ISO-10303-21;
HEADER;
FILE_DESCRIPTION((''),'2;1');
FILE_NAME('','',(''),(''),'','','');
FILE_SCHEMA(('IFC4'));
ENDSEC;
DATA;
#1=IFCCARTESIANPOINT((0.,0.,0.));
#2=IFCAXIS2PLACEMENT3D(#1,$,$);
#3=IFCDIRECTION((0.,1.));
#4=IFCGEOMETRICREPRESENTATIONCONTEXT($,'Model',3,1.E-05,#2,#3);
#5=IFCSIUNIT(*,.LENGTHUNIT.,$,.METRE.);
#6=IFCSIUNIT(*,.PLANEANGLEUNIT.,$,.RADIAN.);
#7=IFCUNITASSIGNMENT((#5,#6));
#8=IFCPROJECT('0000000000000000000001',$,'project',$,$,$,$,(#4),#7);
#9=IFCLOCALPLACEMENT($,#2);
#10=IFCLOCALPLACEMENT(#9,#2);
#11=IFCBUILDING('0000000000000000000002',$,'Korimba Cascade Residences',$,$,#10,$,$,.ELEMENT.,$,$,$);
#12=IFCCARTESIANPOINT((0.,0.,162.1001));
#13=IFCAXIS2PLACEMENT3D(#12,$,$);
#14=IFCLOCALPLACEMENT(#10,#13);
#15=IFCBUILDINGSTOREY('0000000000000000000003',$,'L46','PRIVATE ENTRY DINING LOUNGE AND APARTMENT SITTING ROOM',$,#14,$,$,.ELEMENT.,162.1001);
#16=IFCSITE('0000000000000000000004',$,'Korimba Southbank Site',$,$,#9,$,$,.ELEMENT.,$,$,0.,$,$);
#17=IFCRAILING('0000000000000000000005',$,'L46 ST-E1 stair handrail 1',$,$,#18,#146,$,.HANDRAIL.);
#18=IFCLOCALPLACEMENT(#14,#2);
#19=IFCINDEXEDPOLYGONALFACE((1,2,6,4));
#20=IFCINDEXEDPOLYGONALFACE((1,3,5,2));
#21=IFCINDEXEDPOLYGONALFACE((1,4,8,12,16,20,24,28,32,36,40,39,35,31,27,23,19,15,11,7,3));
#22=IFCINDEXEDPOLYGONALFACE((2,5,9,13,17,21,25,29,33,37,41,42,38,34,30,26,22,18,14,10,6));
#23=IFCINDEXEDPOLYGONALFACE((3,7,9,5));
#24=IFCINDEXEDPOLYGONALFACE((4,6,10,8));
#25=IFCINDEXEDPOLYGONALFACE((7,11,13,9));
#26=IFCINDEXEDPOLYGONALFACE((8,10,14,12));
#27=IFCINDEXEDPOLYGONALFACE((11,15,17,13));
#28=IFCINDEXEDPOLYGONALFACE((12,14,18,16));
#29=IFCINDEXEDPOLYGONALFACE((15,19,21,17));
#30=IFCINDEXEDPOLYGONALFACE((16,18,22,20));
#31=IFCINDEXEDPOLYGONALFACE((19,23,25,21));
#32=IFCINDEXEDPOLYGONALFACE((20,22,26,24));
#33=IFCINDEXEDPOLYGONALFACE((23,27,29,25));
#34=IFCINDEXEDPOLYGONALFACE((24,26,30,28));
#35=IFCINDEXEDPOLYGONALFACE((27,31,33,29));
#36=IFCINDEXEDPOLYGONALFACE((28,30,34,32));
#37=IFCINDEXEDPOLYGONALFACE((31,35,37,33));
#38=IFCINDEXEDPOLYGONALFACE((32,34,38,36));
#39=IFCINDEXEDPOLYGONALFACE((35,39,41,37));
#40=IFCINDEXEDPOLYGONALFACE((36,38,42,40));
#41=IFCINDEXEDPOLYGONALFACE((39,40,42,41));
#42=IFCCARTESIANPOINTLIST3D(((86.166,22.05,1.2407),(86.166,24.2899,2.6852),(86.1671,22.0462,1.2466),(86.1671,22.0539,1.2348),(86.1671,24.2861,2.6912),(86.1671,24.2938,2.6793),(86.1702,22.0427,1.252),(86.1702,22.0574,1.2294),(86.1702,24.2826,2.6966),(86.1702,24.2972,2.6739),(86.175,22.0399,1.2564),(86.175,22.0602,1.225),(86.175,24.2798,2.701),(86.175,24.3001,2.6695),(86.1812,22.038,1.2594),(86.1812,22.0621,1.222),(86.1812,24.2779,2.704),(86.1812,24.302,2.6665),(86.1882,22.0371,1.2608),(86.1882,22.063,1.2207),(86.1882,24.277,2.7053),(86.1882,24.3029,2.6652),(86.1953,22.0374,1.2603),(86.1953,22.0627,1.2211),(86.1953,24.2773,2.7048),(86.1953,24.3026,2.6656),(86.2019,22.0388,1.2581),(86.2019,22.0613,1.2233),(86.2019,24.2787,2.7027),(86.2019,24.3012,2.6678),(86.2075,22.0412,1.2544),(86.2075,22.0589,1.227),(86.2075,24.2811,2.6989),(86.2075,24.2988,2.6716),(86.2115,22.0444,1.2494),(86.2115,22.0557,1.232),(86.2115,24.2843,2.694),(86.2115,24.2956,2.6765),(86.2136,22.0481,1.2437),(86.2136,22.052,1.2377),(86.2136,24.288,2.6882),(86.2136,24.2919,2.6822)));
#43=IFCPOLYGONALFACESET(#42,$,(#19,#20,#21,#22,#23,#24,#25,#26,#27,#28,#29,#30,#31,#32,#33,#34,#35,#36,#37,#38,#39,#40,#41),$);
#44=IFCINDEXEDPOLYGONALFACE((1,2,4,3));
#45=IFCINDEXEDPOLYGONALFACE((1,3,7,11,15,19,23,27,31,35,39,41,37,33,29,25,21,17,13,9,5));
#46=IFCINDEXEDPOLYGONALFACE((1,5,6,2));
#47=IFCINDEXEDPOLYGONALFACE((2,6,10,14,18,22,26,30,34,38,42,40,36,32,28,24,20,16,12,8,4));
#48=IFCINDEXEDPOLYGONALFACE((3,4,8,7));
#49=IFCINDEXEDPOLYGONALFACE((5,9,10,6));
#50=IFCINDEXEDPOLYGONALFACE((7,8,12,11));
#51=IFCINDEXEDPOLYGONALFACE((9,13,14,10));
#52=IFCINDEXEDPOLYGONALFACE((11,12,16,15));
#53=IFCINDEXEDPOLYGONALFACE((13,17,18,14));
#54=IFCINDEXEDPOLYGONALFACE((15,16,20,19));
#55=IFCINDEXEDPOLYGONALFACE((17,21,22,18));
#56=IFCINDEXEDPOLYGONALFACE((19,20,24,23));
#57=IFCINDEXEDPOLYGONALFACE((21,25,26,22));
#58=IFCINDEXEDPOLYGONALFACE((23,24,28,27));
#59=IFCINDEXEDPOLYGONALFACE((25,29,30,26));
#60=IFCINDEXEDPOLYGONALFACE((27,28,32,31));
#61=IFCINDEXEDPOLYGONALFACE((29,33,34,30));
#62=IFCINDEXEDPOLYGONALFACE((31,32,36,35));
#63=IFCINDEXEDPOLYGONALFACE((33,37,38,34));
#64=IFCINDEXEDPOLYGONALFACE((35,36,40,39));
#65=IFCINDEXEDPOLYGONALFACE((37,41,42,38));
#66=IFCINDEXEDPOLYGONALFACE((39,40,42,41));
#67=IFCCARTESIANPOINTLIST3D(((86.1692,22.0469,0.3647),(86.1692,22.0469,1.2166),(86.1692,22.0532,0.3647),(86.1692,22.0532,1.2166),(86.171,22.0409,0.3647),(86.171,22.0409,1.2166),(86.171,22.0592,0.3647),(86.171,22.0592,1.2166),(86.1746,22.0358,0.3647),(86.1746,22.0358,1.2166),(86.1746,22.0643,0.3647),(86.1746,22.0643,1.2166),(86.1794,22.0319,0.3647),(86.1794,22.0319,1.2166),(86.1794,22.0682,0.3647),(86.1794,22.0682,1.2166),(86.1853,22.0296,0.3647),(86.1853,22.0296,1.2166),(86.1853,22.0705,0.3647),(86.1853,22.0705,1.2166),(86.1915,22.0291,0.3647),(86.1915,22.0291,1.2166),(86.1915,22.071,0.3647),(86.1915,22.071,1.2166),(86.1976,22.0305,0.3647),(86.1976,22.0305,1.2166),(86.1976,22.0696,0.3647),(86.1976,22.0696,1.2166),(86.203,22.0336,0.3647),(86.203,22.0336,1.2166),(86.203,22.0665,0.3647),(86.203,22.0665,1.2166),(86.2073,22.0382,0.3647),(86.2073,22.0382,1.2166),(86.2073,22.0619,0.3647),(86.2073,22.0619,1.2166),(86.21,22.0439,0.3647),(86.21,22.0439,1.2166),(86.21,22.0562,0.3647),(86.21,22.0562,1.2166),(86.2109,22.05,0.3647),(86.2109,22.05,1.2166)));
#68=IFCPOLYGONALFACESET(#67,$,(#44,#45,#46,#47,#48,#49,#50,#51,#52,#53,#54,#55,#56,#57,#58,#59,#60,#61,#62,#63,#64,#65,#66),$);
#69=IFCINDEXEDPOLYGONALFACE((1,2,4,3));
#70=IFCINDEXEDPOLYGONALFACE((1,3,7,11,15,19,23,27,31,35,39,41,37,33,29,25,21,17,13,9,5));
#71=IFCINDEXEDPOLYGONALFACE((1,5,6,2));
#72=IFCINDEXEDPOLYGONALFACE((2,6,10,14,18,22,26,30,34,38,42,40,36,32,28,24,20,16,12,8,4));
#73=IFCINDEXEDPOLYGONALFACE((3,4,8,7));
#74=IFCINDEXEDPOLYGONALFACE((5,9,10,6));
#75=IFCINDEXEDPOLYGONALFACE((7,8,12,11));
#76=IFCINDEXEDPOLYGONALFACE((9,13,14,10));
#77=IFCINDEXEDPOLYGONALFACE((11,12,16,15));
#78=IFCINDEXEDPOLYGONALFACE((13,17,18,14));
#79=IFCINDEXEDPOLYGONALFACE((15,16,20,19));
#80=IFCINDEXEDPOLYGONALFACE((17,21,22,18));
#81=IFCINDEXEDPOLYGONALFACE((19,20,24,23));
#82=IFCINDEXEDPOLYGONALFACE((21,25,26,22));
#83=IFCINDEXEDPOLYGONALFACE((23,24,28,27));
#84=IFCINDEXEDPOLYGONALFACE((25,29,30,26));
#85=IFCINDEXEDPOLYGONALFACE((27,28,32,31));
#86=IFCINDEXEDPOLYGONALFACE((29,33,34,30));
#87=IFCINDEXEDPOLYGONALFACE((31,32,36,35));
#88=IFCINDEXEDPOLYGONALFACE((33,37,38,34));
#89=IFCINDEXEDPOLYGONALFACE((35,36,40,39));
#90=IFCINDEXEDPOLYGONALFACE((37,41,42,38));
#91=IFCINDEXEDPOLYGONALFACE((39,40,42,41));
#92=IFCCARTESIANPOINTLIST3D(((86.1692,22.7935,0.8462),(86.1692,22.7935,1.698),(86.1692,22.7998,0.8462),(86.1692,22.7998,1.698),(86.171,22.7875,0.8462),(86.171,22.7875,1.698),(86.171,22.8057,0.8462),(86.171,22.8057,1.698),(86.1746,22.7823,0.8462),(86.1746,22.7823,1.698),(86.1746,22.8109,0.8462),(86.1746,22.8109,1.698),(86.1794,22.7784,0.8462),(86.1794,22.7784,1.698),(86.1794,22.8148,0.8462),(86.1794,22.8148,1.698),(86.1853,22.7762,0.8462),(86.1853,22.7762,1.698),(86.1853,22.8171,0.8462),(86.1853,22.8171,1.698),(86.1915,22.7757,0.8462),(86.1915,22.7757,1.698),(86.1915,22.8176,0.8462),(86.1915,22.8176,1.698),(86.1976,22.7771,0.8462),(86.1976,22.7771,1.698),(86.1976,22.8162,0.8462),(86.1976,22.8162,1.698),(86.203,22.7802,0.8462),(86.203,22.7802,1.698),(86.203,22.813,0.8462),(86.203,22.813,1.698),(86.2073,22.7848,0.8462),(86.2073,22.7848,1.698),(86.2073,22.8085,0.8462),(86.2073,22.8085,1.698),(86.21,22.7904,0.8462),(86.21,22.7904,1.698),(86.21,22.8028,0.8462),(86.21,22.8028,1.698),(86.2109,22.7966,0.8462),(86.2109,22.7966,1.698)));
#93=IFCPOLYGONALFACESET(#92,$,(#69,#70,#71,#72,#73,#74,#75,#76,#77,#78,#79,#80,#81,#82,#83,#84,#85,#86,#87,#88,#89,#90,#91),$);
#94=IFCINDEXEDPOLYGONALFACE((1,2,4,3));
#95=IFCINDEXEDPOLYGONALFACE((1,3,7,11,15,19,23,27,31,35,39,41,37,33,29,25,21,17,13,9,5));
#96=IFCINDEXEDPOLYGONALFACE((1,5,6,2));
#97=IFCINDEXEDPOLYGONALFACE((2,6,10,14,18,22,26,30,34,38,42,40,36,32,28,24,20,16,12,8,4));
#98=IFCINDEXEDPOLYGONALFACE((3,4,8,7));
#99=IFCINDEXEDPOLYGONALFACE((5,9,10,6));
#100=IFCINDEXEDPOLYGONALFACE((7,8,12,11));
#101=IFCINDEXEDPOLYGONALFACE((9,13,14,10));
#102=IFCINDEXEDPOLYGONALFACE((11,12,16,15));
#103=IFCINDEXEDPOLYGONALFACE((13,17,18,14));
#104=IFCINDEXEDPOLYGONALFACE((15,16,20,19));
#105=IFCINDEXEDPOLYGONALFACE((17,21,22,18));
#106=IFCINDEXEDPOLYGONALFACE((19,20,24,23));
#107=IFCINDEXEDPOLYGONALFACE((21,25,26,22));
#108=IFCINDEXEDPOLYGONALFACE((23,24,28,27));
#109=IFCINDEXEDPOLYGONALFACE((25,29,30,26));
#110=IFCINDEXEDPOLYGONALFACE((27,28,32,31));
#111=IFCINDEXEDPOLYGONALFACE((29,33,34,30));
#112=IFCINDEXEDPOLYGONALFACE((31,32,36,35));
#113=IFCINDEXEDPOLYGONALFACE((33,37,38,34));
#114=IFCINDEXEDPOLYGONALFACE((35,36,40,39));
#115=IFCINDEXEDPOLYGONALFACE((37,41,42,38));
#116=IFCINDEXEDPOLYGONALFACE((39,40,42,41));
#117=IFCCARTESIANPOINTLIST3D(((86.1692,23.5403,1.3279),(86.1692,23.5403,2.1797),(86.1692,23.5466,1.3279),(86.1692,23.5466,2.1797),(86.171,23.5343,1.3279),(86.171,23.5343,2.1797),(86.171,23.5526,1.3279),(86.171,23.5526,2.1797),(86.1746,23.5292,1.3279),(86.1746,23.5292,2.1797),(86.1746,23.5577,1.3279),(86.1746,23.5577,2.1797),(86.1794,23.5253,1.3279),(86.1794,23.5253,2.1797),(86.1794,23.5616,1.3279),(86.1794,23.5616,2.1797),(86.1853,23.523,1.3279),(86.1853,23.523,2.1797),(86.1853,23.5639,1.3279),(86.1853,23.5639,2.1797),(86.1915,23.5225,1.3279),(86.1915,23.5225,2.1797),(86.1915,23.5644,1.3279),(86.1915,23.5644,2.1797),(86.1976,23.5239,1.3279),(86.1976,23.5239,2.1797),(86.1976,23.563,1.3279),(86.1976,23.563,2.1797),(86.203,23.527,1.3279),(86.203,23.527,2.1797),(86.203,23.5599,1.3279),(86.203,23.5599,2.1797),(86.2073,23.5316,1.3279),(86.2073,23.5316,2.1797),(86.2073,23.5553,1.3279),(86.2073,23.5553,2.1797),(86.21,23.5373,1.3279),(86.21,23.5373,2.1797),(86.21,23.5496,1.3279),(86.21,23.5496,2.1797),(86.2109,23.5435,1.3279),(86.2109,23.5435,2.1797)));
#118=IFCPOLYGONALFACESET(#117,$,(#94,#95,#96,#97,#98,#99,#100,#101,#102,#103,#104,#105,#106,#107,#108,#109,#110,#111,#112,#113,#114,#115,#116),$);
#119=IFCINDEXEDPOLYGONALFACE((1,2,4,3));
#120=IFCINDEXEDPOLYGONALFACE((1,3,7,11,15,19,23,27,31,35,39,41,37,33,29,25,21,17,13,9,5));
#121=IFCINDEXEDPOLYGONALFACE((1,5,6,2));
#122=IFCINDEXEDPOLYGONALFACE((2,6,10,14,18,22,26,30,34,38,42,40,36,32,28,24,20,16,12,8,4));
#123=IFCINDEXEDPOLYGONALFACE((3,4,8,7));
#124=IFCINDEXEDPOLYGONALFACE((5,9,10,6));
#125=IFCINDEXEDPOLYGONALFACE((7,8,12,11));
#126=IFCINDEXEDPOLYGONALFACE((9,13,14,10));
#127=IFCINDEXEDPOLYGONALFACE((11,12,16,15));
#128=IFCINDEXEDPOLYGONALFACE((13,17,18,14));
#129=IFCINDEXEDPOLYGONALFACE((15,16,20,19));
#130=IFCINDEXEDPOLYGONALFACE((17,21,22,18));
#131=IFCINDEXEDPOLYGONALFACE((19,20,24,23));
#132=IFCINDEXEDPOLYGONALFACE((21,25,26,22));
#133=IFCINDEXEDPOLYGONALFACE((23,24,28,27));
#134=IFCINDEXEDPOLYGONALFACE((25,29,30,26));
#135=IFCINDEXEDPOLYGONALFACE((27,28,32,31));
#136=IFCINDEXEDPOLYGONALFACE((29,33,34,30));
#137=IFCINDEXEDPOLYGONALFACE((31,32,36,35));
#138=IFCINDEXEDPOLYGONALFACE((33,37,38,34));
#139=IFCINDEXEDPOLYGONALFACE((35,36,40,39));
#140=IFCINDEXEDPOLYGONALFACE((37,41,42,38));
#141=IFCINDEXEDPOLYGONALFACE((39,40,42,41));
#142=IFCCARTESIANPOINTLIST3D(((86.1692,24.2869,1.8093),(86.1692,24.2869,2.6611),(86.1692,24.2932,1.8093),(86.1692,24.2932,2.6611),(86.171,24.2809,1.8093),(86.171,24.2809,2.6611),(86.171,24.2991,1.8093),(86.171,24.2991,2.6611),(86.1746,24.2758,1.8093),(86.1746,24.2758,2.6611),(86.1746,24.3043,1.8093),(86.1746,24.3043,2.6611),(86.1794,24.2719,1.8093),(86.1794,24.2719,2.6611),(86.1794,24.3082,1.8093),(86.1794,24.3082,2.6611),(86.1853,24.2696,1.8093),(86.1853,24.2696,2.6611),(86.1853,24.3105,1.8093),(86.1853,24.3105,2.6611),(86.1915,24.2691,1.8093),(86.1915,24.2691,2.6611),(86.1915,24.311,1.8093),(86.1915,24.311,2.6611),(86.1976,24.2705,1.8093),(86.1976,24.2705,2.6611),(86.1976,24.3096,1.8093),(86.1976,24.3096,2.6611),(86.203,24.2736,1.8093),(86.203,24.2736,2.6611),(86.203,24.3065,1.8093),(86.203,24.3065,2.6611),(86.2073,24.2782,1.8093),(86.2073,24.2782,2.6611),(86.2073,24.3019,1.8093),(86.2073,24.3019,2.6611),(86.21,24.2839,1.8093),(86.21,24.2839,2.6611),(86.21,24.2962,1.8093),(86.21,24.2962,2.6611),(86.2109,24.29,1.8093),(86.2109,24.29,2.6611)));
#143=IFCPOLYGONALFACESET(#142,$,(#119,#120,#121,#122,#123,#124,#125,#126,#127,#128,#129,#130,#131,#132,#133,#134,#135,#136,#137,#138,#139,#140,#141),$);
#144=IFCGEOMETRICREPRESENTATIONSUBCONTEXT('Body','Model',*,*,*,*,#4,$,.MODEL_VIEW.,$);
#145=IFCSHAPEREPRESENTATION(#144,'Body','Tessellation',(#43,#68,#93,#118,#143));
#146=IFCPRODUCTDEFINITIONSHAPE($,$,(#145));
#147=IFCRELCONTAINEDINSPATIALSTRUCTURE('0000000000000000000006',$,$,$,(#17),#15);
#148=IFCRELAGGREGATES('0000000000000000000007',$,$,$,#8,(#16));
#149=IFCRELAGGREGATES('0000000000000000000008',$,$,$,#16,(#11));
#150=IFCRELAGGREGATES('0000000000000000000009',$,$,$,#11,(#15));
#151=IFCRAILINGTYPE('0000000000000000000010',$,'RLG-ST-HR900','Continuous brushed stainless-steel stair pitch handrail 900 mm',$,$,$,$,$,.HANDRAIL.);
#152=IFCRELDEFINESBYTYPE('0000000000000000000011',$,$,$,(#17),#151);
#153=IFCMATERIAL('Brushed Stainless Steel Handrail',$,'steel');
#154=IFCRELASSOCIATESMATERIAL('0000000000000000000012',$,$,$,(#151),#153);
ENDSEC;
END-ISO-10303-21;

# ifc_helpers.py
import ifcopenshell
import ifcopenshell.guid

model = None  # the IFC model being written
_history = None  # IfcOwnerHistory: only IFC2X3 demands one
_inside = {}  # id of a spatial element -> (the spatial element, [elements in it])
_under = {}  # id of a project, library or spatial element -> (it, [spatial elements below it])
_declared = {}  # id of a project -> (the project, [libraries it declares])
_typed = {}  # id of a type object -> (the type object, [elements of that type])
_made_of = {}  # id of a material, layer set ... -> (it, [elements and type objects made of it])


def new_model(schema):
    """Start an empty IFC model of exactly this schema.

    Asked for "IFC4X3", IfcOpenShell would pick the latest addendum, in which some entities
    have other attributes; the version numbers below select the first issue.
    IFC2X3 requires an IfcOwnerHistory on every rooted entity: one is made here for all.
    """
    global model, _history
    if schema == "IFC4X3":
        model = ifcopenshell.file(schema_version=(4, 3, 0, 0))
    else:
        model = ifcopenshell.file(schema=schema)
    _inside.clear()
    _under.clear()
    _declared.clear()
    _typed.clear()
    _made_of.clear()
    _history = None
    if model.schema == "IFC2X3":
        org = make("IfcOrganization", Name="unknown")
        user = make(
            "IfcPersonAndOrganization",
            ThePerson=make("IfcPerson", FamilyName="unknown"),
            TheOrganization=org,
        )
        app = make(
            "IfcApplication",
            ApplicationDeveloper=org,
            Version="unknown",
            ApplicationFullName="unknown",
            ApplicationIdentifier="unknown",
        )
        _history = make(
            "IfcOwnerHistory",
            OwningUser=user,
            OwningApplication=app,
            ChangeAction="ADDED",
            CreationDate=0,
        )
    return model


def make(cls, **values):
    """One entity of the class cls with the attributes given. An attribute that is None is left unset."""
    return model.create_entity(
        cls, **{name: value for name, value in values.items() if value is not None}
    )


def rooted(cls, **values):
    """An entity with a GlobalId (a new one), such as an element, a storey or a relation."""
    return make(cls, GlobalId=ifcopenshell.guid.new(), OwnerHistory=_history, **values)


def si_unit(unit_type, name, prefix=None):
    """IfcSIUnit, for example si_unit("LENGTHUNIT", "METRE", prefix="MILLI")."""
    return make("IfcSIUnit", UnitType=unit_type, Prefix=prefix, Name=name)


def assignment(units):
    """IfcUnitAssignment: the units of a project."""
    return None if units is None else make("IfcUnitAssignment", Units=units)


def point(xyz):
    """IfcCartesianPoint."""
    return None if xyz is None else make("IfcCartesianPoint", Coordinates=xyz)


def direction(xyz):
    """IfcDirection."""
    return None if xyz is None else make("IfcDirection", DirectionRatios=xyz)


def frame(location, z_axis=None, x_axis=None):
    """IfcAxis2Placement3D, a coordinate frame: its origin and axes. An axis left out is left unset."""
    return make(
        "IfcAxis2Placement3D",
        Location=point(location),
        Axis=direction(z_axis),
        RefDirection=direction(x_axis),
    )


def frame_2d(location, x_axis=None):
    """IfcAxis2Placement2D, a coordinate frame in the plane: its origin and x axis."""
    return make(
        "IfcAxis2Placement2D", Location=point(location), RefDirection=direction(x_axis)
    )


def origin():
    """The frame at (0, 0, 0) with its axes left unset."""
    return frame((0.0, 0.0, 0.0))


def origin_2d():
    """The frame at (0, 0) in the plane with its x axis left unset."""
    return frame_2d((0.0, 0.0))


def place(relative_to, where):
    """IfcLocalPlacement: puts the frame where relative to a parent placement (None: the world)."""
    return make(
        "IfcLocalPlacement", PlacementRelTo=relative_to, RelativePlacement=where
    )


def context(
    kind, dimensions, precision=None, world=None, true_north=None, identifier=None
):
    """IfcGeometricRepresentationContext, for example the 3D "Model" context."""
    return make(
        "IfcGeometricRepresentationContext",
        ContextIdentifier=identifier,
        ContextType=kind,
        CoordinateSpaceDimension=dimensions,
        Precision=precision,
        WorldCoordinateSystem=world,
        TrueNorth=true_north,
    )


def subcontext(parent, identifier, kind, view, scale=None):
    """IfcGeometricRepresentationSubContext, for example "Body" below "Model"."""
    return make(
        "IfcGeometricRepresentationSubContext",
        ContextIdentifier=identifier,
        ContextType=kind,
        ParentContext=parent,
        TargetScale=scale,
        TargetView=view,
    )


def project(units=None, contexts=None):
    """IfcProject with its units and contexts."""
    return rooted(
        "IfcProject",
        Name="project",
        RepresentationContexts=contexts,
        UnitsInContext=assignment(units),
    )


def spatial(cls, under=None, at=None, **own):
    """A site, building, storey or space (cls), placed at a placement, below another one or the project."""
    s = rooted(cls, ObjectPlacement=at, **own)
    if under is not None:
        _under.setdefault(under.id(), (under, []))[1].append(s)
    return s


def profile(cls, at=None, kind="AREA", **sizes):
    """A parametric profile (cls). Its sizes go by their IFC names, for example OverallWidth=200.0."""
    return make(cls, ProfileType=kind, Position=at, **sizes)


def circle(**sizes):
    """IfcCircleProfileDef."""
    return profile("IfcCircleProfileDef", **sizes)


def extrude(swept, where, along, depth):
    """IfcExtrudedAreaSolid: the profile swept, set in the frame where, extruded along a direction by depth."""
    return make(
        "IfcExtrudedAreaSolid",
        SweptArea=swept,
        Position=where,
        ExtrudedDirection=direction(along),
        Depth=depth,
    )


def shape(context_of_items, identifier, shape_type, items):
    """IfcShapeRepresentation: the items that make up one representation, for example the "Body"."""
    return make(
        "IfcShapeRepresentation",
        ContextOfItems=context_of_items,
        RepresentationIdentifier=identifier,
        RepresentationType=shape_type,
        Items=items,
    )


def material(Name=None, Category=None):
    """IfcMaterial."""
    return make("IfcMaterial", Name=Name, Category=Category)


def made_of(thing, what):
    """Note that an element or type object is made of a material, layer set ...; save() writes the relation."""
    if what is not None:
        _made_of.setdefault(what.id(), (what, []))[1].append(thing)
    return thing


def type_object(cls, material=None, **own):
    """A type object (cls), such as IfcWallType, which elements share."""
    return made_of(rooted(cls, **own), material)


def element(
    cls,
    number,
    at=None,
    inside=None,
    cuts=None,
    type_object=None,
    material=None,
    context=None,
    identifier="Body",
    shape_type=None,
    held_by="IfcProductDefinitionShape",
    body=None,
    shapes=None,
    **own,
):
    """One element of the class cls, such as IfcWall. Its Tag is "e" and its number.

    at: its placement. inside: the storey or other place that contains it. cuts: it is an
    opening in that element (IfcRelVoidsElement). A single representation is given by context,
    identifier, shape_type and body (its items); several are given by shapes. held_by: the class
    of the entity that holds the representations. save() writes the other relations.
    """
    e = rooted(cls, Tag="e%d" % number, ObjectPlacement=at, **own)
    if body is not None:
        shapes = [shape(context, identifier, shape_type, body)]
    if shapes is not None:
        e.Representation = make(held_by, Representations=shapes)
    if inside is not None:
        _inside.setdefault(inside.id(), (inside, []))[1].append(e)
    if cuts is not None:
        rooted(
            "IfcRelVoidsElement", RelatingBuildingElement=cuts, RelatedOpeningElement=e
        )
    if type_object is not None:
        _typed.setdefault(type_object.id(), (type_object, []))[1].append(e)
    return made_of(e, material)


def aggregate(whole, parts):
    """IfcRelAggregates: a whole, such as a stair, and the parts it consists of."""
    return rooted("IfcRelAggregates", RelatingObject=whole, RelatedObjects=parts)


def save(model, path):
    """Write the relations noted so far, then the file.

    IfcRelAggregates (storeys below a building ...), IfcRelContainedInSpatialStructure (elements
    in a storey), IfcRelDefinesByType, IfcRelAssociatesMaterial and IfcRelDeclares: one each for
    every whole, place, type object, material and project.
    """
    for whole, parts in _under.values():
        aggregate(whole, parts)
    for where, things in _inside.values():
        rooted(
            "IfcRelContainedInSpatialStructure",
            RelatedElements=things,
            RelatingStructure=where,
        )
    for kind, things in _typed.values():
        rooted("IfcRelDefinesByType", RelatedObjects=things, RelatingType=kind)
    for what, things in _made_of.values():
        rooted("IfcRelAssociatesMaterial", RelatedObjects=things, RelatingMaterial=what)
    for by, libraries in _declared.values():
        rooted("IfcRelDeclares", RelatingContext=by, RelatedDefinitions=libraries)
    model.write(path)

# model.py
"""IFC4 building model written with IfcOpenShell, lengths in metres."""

from ifc_helpers import new_model, si_unit, direction, frame, origin, origin_2d, place, context, subcontext, project, spatial, circle, extrude, material, type_object, element, save


model = new_model("IFC4")

# Units and contexts
model_context = context("Model", 3, precision=1e-05, world=origin(), true_north=direction((0.0, 1.0)))
body_context = subcontext(model_context, "Body", "Model", "MODEL_VIEW")
ifc_project = project(units=[si_unit("LENGTHUNIT", "METRE"), si_unit("PLANEANGLEUNIT", "RADIAN")], contexts=[model_context])

# Site, building, storey
site_placement = place(None, origin())
site = spatial("IfcSite", under=ifc_project, at=site_placement, Name="Korimba Southbank Site", CompositionType="ELEMENT", RefElevation=0.0)
building_placement = place(site_placement, origin())
building = spatial("IfcBuilding", under=site, at=building_placement, Name="Korimba Cascade Residences", CompositionType="ELEMENT")
storey_placement = place(building_placement, frame((0.0, 0.0, 162.1001)))
storey = spatial("IfcBuildingStorey", under=building, at=storey_placement, Name="L46", Description="PRIVATE ENTRY DINING LOUNGE AND APARTMENT SITTING ROOM", CompositionType="ELEMENT", Elevation=162.1001)

# Railing
ifc_material_1 = material(Name="Brushed Stainless Steel Handrail", Category="steel")
railing_type_1 = type_object("IfcRailingType", Name="RLG-ST-HR900", Description="Continuous brushed stainless-steel stair pitch handrail 900 mm", PredefinedType="HANDRAIL", material=ifc_material_1)
railing_1_placement = place(storey_placement, frame((86.1899, 22.05, 0.3647)))
element("IfcRailing", 1, at=railing_1_placement, inside=storey, type_object=railing_type_1, Name="L46 ST-E1 stair handrail 1", PredefinedType="HANDRAIL", context=body_context, shape_type="SweptSolid", body=[
    extrude(circle(Radius=0.0239, at=origin_2d()), frame((0.0, 0.0, 0.876), z_axis=(0.0, 0.840395, 0.541975), x_axis=(-1.0, 0.0, 0.0)), (0.0, 0.0, 1.0), 2.6653),
    extrude(circle(Radius=0.021, at=origin_2d()), origin(), (0.0, 0.0, 1.0), 0.8518),
    extrude(circle(Radius=0.021, at=origin_2d()), frame((0.0, 0.7466, 0.4814)), (0.0, 0.0, 1.0), 0.8518),
    extrude(circle(Radius=0.021, at=origin_2d()), frame((0.0, 1.4934, 0.9631)), (0.0, 0.0, 1.0), 0.8518),
    extrude(circle(Radius=0.021, at=origin_2d()), frame((0.0, 2.24, 1.4446)), (0.0, 0.0, 1.0), 0.8518),
])

save(model, "model.ifc")
